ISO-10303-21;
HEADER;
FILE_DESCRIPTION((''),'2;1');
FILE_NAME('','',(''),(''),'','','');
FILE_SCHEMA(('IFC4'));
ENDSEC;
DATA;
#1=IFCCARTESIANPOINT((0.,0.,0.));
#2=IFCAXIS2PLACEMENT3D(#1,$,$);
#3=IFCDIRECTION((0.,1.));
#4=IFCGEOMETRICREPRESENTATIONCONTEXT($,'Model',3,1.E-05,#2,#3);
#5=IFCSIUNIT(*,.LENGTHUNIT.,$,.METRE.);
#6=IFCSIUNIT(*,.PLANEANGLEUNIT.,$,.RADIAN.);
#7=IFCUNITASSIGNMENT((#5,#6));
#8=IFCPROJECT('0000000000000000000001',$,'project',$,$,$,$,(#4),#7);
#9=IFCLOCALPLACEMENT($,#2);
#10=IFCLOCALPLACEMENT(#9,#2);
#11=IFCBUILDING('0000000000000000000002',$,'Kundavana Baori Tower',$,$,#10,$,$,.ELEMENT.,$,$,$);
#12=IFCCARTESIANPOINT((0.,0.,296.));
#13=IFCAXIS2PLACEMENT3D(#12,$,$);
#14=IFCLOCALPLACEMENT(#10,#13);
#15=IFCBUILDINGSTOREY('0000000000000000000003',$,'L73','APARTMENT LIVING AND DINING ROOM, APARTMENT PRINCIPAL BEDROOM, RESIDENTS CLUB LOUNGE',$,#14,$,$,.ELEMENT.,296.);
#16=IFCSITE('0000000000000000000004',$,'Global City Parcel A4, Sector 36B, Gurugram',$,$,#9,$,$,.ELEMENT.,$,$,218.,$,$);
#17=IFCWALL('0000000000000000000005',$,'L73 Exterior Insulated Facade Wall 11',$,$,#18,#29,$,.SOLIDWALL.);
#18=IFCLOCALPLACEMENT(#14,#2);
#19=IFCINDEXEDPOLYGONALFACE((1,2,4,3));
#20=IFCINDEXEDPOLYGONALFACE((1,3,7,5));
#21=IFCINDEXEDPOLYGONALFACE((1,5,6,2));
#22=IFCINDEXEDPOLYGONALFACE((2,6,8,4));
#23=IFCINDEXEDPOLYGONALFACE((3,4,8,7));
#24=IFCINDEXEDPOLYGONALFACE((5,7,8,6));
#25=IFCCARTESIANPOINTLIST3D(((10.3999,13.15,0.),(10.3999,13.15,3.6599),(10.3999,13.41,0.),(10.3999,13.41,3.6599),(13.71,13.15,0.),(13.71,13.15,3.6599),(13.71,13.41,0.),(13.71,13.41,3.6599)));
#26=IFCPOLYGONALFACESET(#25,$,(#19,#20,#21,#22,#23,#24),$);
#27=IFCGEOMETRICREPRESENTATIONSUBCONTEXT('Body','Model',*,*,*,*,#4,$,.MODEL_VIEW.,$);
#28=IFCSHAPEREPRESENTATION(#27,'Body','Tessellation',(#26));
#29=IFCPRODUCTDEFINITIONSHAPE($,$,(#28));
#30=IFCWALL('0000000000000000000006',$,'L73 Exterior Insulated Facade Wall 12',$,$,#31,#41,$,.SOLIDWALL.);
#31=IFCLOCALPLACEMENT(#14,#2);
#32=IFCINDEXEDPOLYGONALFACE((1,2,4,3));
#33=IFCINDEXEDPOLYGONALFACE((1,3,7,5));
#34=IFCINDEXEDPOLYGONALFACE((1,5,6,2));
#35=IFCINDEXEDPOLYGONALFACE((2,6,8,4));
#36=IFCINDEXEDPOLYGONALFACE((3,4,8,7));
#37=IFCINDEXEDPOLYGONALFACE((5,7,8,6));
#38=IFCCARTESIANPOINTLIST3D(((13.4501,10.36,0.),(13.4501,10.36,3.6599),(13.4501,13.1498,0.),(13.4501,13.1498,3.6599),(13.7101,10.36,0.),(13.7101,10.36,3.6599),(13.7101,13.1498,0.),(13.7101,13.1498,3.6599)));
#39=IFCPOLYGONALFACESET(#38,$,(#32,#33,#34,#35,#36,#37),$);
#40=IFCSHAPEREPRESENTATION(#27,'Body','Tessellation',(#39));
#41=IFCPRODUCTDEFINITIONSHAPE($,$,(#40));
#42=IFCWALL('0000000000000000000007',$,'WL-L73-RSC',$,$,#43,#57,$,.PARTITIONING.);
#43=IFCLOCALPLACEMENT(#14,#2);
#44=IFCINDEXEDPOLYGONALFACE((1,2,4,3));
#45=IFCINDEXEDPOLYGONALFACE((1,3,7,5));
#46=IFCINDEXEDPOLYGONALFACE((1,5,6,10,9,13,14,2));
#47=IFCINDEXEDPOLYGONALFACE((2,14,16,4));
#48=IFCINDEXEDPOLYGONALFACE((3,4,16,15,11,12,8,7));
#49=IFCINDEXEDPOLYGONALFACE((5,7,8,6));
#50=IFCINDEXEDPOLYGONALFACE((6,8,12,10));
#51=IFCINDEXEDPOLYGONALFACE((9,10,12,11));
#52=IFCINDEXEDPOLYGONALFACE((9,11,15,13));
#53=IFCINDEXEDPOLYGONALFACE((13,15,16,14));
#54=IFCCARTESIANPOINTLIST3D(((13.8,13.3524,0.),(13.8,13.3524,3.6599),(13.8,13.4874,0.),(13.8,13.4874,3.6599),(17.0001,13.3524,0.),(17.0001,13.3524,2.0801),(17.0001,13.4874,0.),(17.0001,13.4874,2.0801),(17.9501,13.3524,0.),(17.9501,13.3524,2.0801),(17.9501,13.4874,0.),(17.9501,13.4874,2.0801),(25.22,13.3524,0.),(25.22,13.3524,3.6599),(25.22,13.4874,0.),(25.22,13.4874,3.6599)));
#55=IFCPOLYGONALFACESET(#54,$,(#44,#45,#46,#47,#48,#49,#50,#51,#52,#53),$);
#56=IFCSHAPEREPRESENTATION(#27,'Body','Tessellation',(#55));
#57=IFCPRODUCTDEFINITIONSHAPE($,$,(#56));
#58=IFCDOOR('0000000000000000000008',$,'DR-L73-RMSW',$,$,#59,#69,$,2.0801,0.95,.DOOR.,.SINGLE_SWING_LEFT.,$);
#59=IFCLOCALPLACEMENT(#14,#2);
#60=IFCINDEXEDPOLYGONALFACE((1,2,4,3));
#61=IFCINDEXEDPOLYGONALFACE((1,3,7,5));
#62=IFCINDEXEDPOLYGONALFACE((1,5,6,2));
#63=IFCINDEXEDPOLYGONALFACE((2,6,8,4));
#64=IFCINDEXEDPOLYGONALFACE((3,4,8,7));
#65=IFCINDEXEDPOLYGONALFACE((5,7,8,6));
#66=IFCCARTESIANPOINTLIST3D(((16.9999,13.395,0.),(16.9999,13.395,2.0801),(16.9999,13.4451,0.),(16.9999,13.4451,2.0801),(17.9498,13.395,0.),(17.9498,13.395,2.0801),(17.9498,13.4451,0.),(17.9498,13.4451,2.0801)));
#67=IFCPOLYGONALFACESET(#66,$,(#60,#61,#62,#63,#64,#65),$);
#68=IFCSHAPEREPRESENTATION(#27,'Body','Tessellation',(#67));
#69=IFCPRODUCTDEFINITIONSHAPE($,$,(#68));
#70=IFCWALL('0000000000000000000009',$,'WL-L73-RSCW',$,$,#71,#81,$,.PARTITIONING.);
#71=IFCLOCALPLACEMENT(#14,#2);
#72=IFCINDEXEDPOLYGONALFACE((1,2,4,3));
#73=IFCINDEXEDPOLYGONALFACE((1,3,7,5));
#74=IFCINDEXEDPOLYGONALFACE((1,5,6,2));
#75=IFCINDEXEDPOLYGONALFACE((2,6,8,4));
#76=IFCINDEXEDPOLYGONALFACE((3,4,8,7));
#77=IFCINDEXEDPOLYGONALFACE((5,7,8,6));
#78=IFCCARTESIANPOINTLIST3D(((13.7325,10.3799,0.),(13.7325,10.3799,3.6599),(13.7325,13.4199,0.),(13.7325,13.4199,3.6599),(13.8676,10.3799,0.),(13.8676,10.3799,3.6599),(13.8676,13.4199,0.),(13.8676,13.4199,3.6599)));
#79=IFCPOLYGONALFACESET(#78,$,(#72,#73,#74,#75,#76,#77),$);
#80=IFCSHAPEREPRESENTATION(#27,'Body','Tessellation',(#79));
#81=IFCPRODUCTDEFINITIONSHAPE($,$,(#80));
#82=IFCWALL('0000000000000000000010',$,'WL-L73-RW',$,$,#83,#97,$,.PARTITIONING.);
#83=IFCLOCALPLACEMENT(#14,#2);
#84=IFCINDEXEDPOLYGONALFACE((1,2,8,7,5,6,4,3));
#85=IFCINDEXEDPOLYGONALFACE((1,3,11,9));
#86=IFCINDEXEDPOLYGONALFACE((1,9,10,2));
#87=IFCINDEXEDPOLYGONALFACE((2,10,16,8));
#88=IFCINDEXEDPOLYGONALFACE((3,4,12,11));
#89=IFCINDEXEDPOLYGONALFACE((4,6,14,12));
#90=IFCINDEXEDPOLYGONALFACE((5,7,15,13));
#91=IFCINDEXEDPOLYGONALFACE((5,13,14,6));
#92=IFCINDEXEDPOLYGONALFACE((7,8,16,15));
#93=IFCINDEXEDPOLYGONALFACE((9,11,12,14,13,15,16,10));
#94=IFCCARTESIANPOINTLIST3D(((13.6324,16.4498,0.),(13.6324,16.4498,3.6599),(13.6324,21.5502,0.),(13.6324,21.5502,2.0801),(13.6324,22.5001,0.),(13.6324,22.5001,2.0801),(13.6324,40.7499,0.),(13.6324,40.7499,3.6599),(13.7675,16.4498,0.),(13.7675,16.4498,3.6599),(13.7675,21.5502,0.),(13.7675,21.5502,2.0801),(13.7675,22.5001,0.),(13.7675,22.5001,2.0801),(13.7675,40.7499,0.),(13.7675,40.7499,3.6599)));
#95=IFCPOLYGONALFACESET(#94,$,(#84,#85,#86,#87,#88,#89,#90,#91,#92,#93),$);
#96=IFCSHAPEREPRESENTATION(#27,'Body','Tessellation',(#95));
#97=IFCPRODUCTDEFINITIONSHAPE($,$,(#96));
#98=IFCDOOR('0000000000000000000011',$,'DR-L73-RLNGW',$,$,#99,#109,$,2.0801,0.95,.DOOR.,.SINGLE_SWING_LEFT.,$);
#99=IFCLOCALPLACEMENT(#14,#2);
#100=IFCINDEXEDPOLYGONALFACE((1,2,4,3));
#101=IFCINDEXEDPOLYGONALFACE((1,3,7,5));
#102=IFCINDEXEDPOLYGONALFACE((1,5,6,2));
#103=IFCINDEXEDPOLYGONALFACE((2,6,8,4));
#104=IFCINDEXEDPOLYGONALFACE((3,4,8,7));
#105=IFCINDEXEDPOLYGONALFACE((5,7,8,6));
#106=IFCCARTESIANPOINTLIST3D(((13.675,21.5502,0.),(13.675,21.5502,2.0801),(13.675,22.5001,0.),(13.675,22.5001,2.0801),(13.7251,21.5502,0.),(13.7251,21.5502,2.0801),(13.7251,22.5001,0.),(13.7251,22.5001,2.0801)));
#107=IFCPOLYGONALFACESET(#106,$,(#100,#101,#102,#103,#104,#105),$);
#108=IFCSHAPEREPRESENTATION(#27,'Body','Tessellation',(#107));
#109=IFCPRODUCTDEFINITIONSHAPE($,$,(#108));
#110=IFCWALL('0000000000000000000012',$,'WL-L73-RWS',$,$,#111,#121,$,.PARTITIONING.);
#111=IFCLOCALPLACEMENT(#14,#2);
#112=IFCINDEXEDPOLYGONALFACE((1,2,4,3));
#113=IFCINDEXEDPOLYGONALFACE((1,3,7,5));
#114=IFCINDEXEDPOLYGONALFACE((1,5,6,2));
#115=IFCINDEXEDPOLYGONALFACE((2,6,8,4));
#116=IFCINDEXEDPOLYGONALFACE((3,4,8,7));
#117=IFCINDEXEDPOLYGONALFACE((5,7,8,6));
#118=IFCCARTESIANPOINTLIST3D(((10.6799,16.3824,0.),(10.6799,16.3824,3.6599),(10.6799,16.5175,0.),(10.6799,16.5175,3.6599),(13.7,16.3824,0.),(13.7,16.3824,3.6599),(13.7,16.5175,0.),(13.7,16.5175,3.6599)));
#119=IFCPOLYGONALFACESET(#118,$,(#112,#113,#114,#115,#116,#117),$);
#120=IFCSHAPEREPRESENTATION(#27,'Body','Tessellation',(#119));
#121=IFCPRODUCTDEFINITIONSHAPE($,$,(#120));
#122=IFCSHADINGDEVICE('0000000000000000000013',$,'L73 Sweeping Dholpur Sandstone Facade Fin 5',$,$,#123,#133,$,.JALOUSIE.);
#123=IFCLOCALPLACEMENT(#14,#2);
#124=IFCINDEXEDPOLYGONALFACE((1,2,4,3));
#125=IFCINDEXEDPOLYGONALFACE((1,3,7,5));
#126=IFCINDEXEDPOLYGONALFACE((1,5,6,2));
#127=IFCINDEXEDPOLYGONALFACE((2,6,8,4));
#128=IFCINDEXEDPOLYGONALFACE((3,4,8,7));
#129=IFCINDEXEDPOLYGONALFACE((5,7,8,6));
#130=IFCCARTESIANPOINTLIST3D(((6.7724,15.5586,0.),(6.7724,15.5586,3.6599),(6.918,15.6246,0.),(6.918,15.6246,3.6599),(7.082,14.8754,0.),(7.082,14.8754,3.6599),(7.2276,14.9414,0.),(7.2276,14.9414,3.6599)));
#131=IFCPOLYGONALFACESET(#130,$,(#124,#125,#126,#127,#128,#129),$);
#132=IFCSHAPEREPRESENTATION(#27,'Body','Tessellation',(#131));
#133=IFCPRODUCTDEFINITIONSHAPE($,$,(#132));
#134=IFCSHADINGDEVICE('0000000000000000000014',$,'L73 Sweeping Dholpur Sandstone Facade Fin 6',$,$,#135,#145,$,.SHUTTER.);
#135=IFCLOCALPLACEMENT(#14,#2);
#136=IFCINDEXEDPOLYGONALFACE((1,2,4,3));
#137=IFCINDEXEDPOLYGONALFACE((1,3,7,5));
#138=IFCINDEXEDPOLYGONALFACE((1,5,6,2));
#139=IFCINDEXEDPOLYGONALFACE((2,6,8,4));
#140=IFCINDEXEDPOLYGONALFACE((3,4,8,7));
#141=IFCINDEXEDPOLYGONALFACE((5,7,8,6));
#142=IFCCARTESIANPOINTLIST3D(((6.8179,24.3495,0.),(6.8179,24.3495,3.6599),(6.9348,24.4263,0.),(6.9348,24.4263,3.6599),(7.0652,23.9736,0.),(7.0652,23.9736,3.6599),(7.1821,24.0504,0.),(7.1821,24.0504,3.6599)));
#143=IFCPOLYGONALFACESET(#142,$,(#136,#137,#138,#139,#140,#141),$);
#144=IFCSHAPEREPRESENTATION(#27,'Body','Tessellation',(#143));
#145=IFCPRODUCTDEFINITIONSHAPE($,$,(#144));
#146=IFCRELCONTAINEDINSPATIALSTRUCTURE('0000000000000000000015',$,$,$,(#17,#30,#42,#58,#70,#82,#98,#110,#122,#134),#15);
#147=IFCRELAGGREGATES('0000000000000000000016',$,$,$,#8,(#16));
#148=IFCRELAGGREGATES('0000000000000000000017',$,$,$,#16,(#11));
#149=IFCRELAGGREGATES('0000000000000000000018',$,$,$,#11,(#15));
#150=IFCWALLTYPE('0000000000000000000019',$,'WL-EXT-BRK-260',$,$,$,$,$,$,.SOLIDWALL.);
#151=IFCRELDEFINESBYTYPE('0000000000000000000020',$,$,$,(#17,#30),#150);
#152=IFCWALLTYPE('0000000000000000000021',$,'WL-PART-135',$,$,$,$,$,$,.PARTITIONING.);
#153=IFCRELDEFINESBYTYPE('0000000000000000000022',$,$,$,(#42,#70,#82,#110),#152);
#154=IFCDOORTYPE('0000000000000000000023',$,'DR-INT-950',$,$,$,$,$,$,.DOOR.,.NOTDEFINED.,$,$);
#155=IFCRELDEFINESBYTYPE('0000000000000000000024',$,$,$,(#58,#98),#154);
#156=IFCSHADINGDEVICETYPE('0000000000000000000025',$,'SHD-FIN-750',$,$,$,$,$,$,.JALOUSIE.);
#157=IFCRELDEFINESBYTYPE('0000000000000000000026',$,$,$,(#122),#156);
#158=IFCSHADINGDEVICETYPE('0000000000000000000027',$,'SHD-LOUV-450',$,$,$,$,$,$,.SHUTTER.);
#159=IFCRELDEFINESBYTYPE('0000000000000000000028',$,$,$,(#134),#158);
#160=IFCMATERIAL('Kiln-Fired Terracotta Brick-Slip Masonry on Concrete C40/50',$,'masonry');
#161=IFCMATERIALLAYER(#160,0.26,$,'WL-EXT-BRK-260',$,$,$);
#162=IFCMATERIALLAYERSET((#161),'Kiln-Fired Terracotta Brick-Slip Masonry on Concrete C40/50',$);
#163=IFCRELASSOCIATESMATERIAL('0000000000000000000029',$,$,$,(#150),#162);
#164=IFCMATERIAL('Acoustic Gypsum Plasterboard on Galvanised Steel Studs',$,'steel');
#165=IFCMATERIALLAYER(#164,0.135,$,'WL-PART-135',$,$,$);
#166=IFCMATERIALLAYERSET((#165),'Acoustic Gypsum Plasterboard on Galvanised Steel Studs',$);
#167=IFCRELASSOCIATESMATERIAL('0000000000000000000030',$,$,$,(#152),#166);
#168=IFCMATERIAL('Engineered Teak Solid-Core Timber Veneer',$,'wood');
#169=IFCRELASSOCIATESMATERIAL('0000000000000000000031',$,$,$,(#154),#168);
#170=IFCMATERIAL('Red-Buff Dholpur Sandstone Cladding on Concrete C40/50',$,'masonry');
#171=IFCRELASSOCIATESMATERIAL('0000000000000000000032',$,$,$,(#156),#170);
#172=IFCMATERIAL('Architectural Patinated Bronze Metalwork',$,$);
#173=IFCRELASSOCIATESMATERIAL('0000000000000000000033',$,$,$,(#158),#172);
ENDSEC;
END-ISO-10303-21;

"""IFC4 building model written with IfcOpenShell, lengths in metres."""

from ifc_helpers import new_model, si_unit, direction, frame, frame_2d, origin, origin_2d, place, context, subcontext, project, spatial, rectangle, extrude, material, layer, layer_set, type_object, element, fill, save


model = new_model("IFC4")

# Units and contexts
model_context = context("Model", 3, precision=1e-05, world=origin(), true_north=direction((0.0, 1.0)))
body_context = subcontext(model_context, "Body", "Model", "MODEL_VIEW")
ifc_project = project(units=[si_unit("LENGTHUNIT", "METRE"), si_unit("PLANEANGLEUNIT", "RADIAN")], contexts=[model_context])

# Site, building, storey
site_placement = place(None, origin())
site = spatial("IfcSite", under=ifc_project, at=site_placement, Name="Global City Parcel A4, Sector 36B, Gurugram", CompositionType="ELEMENT", RefElevation=218.0)
building_placement = place(site_placement, origin())
building = spatial("IfcBuilding", under=site, at=building_placement, Name="Kundavana Baori Tower", CompositionType="ELEMENT")
storey_placement = place(building_placement, frame((0.0, 0.0, 296.0)))
storey = spatial("IfcBuildingStorey", under=building, at=storey_placement, Name="L73", Description="APARTMENT LIVING AND DINING ROOM, APARTMENT PRINCIPAL BEDROOM, RESIDENTS CLUB LOUNGE", CompositionType="ELEMENT", Elevation=296.0)

# Shared definitions
ifc_material_1 = material(Name="Kiln-Fired Terracotta Brick-Slip Masonry on Concrete C40/50", Category="masonry")
ifc_layer_1 = layer(ifc_material_1, 0.26, Name="WL-EXT-BRK-260")
ifc_layer_set_1 = layer_set([ifc_layer_1], Name="Kiln-Fired Terracotta Brick-Slip Masonry on Concrete C40/50")
wall_type_1 = type_object("IfcWallType", Name="WL-EXT-BRK-260", PredefinedType="SOLIDWALL", material=ifc_layer_set_1)

# Walls
wall_1_placement = place(storey_placement, frame((10.3999, 13.28, 0.0), z_axis=(0.0, 0.0, 1.0), x_axis=(1.0, 0.0, 0.0)))
element("IfcWall", 1, at=wall_1_placement, inside=storey, type_object=wall_type_1, Name="L73 Exterior Insulated Facade Wall 11", PredefinedType="SOLIDWALL", context=body_context, shape_type="SweptSolid", body=[
    extrude(rectangle(XDim=3.3101, YDim=0.26, at=frame_2d((1.655, 0.0))), origin(), (0.0, 0.0, 1.0), 3.6599),
])
wall_2_placement = place(storey_placement, frame((13.5801, 13.1499, 0.0), z_axis=(0.0, 0.0, 1.0), x_axis=(0.0, -1.0, 0.0)))
element("IfcWall", 2, at=wall_2_placement, inside=storey, type_object=wall_type_1, Name="L73 Exterior Insulated Facade Wall 12", PredefinedType="SOLIDWALL", context=body_context, shape_type="SweptSolid", body=[
    extrude(rectangle(XDim=2.7898, YDim=0.26, at=frame_2d((1.395, 0.0))), origin(), (0.0, 0.0, 1.0), 3.6599),
])

# Wall, opening, door
ifc_material_2 = material(Name="Acoustic Gypsum Plasterboard on Galvanised Steel Studs", Category="steel")
ifc_layer_2 = layer(ifc_material_2, 0.135, Name="WL-PART-135")
ifc_layer_set_2 = layer_set([ifc_layer_2], Name="Acoustic Gypsum Plasterboard on Galvanised Steel Studs")
wall_type_2 = type_object("IfcWallType", Name="WL-PART-135", PredefinedType="PARTITIONING", material=ifc_layer_set_2)
wall_3_placement = place(storey_placement, frame((13.8, 13.4199, 0.0), z_axis=(0.0, 0.0, 1.0), x_axis=(1.0, 0.0, 0.0)))
wall_3 = element("IfcWall", 3, at=wall_3_placement, inside=storey, type_object=wall_type_2, Name="WL-L73-RSC", PredefinedType="PARTITIONING", context=body_context, shape_type="SweptSolid", body=[
    extrude(rectangle(XDim=11.4199, YDim=0.135, at=frame_2d((5.71, 0.0))), origin(), (0.0, 0.0, 1.0), 3.6599),
])
opening_1_placement = place(wall_3_placement, frame((3.2, 0.0, 0.0)))
opening_1 = element("IfcOpeningElement", 4, at=opening_1_placement, cuts=wall_3, PredefinedType="OPENING", context=body_context, shape_type="SweptSolid", body=[
    extrude(rectangle(XDim=0.95, YDim=2.0801, at=frame_2d((0.4751, 1.04))), frame((0.0, 0.0776, 0.0), z_axis=(0.0, -1.0, 0.0), x_axis=(1.0, 0.0, 0.0)), (0.0, 0.0, 1.0), 0.155),
])
ifc_material_3 = material(Name="Engineered Teak Solid-Core Timber Veneer", Category="wood")
door_type_1 = type_object("IfcDoorType", Name="DR-INT-950", OperationType="NOTDEFINED", PredefinedType="DOOR", material=ifc_material_3)
door_1_placement = place(opening_1_placement, frame((0.95, 0.0, 0.0), z_axis=(0.0, 0.0, 1.0), x_axis=(-1.0, 0.0, 0.0)))
door_1 = element("IfcDoor", 5, at=door_1_placement, inside=storey, type_object=door_type_1, Name="DR-L73-RMSW", OperationType="SINGLE_SWING_LEFT", OverallHeight=2.0801, OverallWidth=0.95, PredefinedType="DOOR", context=body_context, shape_type="SweptSolid", body=[
    extrude(rectangle(XDim=0.95, YDim=2.0801, at=frame_2d((0.4751, 1.04))), frame((0.0, 0.0249, 0.0), z_axis=(0.0, -1.0, 0.0), x_axis=(1.0, 0.0, 0.0)), (0.0, 0.0, 1.0), 0.05),
])
fill(opening_1, door_1)

# Wall
wall_4_placement = place(storey_placement, frame((13.8, 10.3799, 0.0), z_axis=(0.0, 0.0, 1.0), x_axis=(0.0, 1.0, 0.0)))
element("IfcWall", 6, at=wall_4_placement, inside=storey, type_object=wall_type_2, Name="WL-L73-RSCW", PredefinedType="PARTITIONING", context=body_context, shape_type="SweptSolid", body=[
    extrude(rectangle(XDim=3.04, YDim=0.135, at=frame_2d((1.52, 0.0))), origin(), (0.0, 0.0, 1.0), 3.6599),
])

# Wall, opening, door
wall_5_placement = place(storey_placement, frame((13.7, 16.45, 0.0), z_axis=(0.0, 0.0, 1.0), x_axis=(0.0, 1.0, 0.0)))
wall_5 = element("IfcWall", 7, at=wall_5_placement, inside=storey, type_object=wall_type_2, Name="WL-L73-RW", PredefinedType="PARTITIONING", context=body_context, shape_type="SweptSolid", body=[
    extrude(rectangle(XDim=24.3, YDim=0.135, at=frame_2d((12.1499, 0.0))), origin(), (0.0, 0.0, 1.0), 3.6599),
])
opening_2_placement = place(wall_5_placement, frame((5.1001, 0.0, 0.0)))
opening_2 = element("IfcOpeningElement", 8, at=opening_2_placement, cuts=wall_5, PredefinedType="OPENING", context=body_context, shape_type="SweptSolid", body=[
    extrude(rectangle(XDim=0.95, YDim=2.0801, at=frame_2d((0.4751, 1.04))), frame((0.0, 0.0776, 0.0), z_axis=(0.0, -1.0, 0.0), x_axis=(1.0, 0.0, 0.0)), (0.0, 0.0, 1.0), 0.155),
])
door_2_placement = place(opening_2_placement, origin())
door_2 = element("IfcDoor", 9, at=door_2_placement, inside=storey, type_object=door_type_1, Name="DR-L73-RLNGW", OperationType="SINGLE_SWING_LEFT", OverallHeight=2.0801, OverallWidth=0.95, PredefinedType="DOOR", context=body_context, shape_type="SweptSolid", body=[
    extrude(rectangle(XDim=0.95, YDim=2.0801, at=frame_2d((0.4751, 1.04))), frame((0.0, 0.0249, 0.0), z_axis=(0.0, -1.0, 0.0), x_axis=(1.0, 0.0, 0.0)), (0.0, 0.0, 1.0), 0.05),
])
fill(opening_2, door_2)

# Wall
wall_6_placement = place(storey_placement, frame((10.6799, 16.45, 0.0), z_axis=(0.0, 0.0, 1.0), x_axis=(1.0, 0.0, 0.0)))
element("IfcWall", 10, at=wall_6_placement, inside=storey, type_object=wall_type_2, Name="WL-L73-RWS", PredefinedType="PARTITIONING", context=body_context, shape_type="SweptSolid", body=[
    extrude(rectangle(XDim=3.02, YDim=0.135, at=frame_2d((1.51, 0.0))), origin(), (0.0, 0.0, 1.0), 3.6599),
])

# Shading devices
ifc_material_4 = material(Name="Red-Buff Dholpur Sandstone Cladding on Concrete C40/50", Category="masonry")
shading_device_type_1 = type_object("IfcShadingDeviceType", Name="SHD-FIN-750", PredefinedType="JALOUSIE", material=ifc_material_4)
shading_device_1_placement = place(storey_placement, frame((7.0, 15.25, 0.0), z_axis=(0.0, 0.0, 1.0), x_axis=(0.910828, 0.412787, 0.0)))
element("IfcShadingDevice", 11, at=shading_device_1_placement, inside=storey, type_object=shading_device_type_1, Name="L73 Sweeping Dholpur Sandstone Facade Fin 5", PredefinedType="JALOUSIE", context=body_context, shape_type="SweptSolid", body=[
    extrude(rectangle(XDim=0.1599, YDim=0.75, at=origin_2d()), origin(), (0.0, 0.0, 1.0), 3.6599),
])
ifc_material_5 = material(Name="Architectural Patinated Bronze Metalwork")
shading_device_type_2 = type_object("IfcShadingDeviceType", Name="SHD-LOUV-450", PredefinedType="SHUTTER", material=ifc_material_5)
shading_device_2_placement = place(storey_placement, frame((7.0, 24.2, 0.0), z_axis=(0.0, 0.0, 1.0), x_axis=(0.835424, 0.549606, 0.0)))
element("IfcShadingDevice", 12, at=shading_device_2_placement, inside=storey, type_object=shading_device_type_2, Name="L73 Sweeping Dholpur Sandstone Facade Fin 6", PredefinedType="SHUTTER", context=body_context, shape_type="SweptSolid", body=[
    extrude(rectangle(XDim=0.1399, YDim=0.45, at=origin_2d()), origin(), (0.0, 0.0, 1.0), 3.6599),
])

save(model, "model.ifc")
